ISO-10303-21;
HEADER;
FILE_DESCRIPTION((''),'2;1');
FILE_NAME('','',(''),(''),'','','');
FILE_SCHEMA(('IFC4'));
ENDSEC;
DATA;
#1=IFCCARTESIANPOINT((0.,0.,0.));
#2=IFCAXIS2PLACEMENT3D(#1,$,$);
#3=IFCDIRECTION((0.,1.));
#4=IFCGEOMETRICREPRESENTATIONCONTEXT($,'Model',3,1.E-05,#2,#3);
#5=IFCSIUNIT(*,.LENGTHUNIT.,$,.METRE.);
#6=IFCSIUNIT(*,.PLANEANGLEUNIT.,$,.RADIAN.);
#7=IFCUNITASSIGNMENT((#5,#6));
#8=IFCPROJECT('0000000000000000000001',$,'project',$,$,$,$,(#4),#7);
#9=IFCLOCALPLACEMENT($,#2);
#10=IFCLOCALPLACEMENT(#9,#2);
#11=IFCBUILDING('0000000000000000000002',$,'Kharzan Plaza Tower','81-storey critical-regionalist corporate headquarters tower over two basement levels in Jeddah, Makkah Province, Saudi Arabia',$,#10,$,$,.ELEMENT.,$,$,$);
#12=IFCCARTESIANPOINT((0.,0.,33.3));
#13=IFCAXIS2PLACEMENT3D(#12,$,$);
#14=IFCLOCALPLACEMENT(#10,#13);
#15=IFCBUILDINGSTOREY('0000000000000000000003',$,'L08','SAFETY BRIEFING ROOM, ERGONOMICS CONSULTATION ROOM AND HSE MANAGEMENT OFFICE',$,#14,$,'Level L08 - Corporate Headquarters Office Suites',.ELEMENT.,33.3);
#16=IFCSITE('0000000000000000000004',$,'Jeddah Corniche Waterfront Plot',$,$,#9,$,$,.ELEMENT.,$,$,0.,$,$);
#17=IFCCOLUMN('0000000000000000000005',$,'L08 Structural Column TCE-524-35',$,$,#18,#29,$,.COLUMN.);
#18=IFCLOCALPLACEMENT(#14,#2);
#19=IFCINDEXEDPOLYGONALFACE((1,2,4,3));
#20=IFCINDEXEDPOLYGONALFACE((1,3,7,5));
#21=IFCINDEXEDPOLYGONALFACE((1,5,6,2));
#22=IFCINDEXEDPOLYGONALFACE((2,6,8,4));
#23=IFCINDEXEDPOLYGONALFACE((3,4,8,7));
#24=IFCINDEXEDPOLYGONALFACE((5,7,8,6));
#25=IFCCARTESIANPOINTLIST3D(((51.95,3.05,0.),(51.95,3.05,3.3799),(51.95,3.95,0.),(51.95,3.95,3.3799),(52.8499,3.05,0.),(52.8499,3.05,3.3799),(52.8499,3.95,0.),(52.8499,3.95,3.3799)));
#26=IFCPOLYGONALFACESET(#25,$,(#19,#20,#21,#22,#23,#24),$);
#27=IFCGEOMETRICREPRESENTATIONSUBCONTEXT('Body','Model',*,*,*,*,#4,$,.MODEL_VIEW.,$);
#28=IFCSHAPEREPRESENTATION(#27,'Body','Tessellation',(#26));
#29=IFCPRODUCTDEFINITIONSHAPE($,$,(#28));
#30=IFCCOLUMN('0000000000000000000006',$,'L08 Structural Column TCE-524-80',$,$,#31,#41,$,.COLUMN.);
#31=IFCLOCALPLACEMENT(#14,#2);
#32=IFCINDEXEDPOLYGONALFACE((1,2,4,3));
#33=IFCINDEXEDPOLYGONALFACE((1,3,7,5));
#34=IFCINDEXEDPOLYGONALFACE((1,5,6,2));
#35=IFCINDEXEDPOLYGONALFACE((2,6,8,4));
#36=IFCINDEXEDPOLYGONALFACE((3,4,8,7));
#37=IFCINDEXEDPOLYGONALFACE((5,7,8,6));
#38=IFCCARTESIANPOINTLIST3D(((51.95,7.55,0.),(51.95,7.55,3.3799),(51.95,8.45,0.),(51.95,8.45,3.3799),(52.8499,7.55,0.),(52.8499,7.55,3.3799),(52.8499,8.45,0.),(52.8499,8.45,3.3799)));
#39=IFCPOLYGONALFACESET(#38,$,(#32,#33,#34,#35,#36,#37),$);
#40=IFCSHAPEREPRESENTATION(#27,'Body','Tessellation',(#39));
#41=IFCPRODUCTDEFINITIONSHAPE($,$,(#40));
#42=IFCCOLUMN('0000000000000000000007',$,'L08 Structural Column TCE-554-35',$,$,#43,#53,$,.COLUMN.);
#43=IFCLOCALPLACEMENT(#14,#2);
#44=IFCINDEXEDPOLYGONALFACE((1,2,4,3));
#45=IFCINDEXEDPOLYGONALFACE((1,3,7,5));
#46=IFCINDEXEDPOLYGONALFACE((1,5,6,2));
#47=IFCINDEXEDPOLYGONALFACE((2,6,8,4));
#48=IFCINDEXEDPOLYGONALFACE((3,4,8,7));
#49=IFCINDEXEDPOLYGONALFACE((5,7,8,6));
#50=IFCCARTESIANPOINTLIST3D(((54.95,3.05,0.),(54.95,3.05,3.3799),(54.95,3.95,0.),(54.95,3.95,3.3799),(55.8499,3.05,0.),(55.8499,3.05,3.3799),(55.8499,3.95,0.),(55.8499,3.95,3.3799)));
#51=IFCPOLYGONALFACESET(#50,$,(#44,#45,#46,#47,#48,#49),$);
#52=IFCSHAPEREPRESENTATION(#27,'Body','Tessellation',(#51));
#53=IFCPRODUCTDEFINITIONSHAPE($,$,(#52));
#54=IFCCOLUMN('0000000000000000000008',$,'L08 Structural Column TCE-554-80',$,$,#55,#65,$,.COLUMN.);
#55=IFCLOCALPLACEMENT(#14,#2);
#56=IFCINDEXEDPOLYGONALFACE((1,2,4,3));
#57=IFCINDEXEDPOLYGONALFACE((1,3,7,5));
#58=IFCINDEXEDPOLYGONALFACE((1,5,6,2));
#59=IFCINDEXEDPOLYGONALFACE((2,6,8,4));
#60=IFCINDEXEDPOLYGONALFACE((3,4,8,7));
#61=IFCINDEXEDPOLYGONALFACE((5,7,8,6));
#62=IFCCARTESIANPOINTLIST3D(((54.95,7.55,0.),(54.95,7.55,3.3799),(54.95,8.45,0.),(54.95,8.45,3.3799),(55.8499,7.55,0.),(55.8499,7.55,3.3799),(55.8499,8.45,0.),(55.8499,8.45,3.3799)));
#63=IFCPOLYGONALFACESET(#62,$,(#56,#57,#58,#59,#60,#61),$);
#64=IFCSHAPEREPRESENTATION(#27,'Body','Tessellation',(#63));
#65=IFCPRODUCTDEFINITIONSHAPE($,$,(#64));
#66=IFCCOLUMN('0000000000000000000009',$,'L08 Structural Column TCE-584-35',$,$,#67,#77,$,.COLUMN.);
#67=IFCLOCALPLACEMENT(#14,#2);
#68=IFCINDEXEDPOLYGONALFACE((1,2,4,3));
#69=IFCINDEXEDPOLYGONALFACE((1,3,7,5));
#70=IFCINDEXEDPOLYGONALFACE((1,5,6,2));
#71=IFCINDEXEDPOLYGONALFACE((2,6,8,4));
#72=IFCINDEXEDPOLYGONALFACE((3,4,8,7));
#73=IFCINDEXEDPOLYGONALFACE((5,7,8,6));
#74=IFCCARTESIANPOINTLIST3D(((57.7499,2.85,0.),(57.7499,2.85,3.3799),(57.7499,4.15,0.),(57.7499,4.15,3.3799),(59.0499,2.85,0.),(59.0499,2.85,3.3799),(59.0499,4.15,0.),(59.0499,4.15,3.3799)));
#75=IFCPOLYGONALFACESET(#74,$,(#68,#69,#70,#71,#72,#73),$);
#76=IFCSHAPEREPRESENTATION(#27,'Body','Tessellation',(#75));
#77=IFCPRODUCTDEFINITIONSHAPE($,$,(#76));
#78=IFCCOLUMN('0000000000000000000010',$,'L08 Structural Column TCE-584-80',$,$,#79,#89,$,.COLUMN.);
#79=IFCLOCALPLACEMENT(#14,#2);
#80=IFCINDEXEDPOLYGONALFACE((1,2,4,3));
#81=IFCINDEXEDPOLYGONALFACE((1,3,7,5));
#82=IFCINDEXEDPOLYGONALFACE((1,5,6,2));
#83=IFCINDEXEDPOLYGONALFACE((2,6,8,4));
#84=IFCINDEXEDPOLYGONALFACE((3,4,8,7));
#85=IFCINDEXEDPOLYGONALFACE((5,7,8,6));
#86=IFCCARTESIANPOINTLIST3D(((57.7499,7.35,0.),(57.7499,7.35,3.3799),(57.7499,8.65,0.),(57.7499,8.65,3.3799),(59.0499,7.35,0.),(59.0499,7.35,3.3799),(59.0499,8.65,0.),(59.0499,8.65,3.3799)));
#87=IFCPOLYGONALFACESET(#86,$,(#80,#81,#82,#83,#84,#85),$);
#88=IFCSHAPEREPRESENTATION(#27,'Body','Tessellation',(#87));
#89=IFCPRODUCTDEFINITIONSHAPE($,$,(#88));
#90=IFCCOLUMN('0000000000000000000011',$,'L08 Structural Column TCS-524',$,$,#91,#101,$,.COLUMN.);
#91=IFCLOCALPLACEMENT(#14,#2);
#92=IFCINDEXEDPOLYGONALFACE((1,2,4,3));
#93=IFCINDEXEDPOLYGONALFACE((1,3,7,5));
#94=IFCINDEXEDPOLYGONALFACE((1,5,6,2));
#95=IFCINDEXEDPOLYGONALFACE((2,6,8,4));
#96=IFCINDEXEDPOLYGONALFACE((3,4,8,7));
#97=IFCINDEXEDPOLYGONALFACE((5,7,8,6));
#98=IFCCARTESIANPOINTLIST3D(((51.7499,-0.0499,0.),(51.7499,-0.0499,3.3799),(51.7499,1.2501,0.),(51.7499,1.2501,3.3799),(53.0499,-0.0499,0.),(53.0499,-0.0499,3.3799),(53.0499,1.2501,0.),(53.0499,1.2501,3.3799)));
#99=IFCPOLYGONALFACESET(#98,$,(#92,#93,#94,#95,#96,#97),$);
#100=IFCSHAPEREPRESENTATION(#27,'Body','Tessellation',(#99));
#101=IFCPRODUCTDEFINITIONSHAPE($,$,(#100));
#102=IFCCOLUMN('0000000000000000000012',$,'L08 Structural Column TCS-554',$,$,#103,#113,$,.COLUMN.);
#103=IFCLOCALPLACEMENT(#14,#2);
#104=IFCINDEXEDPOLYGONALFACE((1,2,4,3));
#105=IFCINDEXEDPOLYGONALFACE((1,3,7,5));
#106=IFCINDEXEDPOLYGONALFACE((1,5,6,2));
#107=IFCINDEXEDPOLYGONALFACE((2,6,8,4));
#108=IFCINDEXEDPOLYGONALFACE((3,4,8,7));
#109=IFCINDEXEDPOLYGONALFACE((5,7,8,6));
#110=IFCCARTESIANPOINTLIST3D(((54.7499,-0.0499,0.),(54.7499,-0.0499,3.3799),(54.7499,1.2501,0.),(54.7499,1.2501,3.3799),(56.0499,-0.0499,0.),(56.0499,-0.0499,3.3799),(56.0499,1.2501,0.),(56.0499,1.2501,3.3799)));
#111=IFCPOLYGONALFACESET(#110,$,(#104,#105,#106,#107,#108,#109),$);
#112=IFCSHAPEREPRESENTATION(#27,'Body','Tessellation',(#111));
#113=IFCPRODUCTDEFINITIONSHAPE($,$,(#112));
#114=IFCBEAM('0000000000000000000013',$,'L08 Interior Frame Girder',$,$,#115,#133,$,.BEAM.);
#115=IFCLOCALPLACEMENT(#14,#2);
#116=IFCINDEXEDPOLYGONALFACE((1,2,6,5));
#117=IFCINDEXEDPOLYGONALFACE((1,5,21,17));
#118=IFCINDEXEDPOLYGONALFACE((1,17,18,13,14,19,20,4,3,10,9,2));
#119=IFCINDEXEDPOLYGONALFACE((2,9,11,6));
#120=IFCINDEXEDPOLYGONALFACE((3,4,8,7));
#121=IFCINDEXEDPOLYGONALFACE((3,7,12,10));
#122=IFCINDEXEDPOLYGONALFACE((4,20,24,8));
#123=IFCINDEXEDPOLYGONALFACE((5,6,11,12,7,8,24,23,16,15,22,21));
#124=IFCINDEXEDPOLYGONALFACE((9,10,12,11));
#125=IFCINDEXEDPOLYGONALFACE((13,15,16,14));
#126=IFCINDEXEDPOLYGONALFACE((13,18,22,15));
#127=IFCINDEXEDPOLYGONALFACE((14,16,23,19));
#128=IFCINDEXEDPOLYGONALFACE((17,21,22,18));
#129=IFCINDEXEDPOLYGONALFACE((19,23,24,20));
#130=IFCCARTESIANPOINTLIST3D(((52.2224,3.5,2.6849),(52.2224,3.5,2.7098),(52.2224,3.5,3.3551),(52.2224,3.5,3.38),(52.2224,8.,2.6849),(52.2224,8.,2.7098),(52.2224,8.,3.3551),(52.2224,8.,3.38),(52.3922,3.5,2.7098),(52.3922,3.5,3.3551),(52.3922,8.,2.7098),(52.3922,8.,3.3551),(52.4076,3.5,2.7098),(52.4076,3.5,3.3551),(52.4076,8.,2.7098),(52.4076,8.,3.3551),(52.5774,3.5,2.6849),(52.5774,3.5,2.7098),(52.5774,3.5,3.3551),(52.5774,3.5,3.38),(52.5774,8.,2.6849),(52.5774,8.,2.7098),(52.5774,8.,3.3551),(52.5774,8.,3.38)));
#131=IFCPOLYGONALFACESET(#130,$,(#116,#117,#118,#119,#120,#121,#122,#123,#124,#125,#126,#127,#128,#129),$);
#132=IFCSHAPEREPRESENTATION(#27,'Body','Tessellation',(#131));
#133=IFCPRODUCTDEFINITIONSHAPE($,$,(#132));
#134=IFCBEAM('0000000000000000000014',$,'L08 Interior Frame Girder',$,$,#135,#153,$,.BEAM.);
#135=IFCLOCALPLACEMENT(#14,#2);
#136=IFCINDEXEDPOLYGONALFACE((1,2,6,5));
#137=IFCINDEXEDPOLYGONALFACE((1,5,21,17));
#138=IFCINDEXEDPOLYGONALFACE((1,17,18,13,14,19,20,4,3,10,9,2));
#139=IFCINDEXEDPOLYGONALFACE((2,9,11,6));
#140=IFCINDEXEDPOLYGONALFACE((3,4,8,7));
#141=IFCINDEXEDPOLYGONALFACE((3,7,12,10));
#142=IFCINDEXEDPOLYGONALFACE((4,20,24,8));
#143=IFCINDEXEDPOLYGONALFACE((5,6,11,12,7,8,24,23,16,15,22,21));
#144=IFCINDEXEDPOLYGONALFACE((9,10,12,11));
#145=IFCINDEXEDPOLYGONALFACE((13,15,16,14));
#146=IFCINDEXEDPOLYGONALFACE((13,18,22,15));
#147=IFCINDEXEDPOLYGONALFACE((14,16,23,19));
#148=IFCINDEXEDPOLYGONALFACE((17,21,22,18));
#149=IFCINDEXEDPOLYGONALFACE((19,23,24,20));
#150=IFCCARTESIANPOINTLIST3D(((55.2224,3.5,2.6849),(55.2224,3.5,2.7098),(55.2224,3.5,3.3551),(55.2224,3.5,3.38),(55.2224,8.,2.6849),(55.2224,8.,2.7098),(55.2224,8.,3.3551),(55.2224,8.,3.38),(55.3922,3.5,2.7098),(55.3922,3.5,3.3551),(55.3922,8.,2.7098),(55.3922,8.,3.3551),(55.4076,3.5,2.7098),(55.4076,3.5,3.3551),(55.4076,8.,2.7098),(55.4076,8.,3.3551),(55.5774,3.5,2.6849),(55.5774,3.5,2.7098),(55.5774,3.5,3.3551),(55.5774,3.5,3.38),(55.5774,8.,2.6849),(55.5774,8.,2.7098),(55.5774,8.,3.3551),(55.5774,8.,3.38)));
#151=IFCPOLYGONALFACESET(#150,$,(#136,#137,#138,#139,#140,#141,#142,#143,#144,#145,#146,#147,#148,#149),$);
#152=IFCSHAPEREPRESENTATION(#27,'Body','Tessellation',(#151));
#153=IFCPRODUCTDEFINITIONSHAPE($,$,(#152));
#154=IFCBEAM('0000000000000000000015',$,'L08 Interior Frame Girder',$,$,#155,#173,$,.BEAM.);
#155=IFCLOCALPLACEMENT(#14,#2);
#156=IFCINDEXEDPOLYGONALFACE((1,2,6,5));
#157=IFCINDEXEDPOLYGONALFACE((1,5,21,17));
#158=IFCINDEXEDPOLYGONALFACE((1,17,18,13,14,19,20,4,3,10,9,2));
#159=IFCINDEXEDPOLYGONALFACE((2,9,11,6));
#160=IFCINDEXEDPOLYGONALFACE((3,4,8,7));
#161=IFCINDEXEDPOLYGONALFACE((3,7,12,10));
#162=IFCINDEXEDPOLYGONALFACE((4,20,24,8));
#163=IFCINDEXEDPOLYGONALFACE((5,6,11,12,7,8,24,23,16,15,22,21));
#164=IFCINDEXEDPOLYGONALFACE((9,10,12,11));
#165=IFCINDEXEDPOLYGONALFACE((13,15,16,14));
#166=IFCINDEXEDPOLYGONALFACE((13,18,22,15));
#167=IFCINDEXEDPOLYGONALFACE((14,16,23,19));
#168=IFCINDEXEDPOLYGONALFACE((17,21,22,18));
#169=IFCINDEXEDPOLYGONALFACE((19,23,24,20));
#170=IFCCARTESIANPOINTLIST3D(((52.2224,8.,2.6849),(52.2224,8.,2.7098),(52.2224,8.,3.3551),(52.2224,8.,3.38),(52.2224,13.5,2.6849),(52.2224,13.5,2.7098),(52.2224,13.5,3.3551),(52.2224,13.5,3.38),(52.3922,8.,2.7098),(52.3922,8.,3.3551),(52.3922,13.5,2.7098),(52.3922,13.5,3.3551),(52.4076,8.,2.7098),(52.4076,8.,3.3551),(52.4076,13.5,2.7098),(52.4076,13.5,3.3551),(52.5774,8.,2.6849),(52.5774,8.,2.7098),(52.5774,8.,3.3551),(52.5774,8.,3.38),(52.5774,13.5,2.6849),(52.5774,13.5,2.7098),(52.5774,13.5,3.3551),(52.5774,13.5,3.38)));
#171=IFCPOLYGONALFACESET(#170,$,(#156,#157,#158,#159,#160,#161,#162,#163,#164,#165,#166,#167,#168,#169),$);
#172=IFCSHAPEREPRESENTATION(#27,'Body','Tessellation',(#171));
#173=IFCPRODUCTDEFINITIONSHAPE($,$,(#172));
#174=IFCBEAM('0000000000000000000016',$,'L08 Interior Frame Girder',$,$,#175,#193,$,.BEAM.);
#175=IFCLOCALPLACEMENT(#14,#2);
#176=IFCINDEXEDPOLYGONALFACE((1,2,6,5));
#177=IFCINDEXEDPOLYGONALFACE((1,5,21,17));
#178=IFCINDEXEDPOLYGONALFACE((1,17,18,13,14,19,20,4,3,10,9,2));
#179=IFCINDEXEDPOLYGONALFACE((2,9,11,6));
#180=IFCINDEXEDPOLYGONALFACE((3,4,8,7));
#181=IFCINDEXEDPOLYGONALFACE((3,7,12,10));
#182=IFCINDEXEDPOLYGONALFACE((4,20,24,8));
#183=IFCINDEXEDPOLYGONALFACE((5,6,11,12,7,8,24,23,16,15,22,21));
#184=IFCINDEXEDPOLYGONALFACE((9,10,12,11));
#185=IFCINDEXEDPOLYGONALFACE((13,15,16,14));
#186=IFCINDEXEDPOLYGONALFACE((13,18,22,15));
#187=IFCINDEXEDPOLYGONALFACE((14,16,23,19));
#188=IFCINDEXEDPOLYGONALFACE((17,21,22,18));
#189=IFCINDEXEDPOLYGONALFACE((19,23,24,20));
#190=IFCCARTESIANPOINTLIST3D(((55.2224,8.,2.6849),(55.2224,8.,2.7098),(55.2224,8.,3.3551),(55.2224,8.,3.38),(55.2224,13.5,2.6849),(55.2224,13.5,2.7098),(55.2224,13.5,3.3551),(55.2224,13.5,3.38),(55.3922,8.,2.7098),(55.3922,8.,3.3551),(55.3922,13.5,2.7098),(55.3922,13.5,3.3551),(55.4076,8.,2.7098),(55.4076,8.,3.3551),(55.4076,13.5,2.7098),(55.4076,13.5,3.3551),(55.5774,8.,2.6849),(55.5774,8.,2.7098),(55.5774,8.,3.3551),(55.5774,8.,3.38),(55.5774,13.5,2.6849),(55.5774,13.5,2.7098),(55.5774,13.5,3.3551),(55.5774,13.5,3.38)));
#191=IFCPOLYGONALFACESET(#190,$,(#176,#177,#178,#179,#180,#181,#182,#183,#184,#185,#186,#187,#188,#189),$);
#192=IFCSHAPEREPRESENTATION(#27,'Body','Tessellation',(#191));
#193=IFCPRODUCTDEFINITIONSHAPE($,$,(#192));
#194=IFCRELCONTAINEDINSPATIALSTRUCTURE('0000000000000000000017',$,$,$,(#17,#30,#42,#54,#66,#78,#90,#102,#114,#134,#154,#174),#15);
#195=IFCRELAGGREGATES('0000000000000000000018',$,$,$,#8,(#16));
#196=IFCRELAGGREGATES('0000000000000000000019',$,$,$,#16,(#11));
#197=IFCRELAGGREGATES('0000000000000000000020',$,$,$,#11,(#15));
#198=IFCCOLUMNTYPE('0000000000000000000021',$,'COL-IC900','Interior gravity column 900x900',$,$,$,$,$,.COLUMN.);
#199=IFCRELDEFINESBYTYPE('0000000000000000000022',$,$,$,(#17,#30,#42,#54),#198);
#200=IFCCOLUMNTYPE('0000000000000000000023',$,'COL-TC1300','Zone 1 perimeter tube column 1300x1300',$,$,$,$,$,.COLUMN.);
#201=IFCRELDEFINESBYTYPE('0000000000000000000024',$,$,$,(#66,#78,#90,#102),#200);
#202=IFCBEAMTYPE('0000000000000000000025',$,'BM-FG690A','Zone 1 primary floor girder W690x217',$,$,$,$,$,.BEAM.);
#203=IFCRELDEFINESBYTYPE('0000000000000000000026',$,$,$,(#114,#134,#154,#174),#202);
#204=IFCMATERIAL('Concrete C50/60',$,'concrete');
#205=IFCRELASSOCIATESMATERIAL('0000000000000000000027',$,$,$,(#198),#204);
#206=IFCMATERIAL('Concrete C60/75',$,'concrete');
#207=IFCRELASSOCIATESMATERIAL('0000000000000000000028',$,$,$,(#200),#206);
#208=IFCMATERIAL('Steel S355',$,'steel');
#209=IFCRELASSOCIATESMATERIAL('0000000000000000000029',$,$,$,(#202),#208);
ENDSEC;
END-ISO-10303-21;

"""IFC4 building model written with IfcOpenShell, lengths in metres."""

from ifc_helpers import new_model, si_unit, direction, frame, origin, origin_2d, place, context, subcontext, project, spatial, rectangle, i_section, extrude, source, transform, mapped, material, material_profile, profile_set, type_object, element, save


model = new_model("IFC4")

# Units and contexts
model_context = context("Model", 3, precision=1e-05, world=origin(), true_north=direction((0.0, 1.0)))
body_context = subcontext(model_context, "Body", "Model", "MODEL_VIEW")
ifc_project = project(units=[si_unit("LENGTHUNIT", "METRE"), si_unit("PLANEANGLEUNIT", "RADIAN")], contexts=[model_context])

# Site, building, storey
site_placement = place(None, origin())
site = spatial("IfcSite", under=ifc_project, at=site_placement, Name="Jeddah Corniche Waterfront Plot", CompositionType="ELEMENT", RefElevation=0.0)
building_placement = place(site_placement, origin())
building = spatial("IfcBuilding", under=site, at=building_placement, Name="Kharzan Plaza Tower", Description="81-storey critical-regionalist corporate headquarters tower over two basement levels in Jeddah, Makkah Province, Saudi Arabia", CompositionType="ELEMENT")
storey_placement = place(building_placement, frame((0.0, 0.0, 33.3)))
storey = spatial("IfcBuildingStorey", under=building, at=storey_placement, Name="L08", Description="SAFETY BRIEFING ROOM, ERGONOMICS CONSULTATION ROOM AND HSE MANAGEMENT OFFICE", LongName="Level L08 - Corporate Headquarters Office Suites", CompositionType="ELEMENT", Elevation=33.3)

# Columns
ifc_material_1 = material(Name="Concrete C50/60", Category="concrete")
ifc_material_profile_1 = material_profile(ifc_material_1, rectangle(XDim=0.8999, YDim=0.8999, at=origin_2d()), Name="RC-IC900x900")
ifc_profile_set_1 = profile_set([ifc_material_profile_1], Name="Concrete C50/60")
column_type_1 = type_object("IfcColumnType", Name="COL-IC900", Description="Interior gravity column 900x900", PredefinedType="COLUMN", material=ifc_profile_set_1)
shared_shape_1 = source(origin(), body_context, "Body", "SweptSolid", [
    extrude(rectangle(XDim=0.8999, YDim=0.8999, at=origin_2d()), origin(), (0.0, 0.0, 1.0), 3.3799),
])
for number, where, z_axis, x_axis, name in (
    (1, (52.3999, 3.5, 0.0), (0.0, 0.0, 1.0), (1.0, 0.0, 0.0), "L08 Structural Column TCE-524-35"),
    (2, (52.3999, 8.0, 0.0), (0.0, 0.0, 1.0), (1.0, 0.0, 0.0), "L08 Structural Column TCE-524-80"),
    (3, (55.3999, 3.5, 0.0), (0.0, 0.0, 1.0), (1.0, 0.0, 0.0), "L08 Structural Column TCE-554-35"),
    (4, (55.3999, 8.0, 0.0), (0.0, 0.0, 1.0), (1.0, 0.0, 0.0), "L08 Structural Column TCE-554-80"),
):
    element("IfcColumn", number, at=place(storey_placement, frame(where, z_axis=z_axis, x_axis=x_axis)), inside=storey, type_object=column_type_1, Name=name, PredefinedType="COLUMN", context=body_context, shape_type="MappedRepresentation", body=[
        mapped(shared_shape_1, transform((0.0, 0.0, 0.0), x_axis=(1.0, 0.0, 0.0), y_axis=(0.0, 1.0, 0.0), z_axis=(0.0, 0.0, 1.0))),
    ])
ifc_material_2 = material(Name="Concrete C60/75", Category="concrete")
ifc_material_profile_2 = material_profile(ifc_material_2, rectangle(XDim=1.3, YDim=1.3, at=origin_2d()), Name="RC-TC1300x1300")
ifc_profile_set_2 = profile_set([ifc_material_profile_2], Name="Concrete C60/75")
column_type_2 = type_object("IfcColumnType", Name="COL-TC1300", Description="Zone 1 perimeter tube column 1300x1300", PredefinedType="COLUMN", material=ifc_profile_set_2)
shared_shape_2 = source(origin(), body_context, "Body", "SweptSolid", [
    extrude(rectangle(XDim=1.3, YDim=1.3, at=origin_2d()), origin(), (0.0, 0.0, 1.0), 3.3799),
])
for number, where, z_axis, x_axis, name in (
    (5, (58.3999, 3.5, 0.0), (0.0, 0.0, 1.0), (1.0, 0.0, 0.0), "L08 Structural Column TCE-584-35"),
    (6, (58.3999, 8.0, 0.0), (0.0, 0.0, 1.0), (1.0, 0.0, 0.0), "L08 Structural Column TCE-584-80"),
    (7, (52.3999, 0.6001, 0.0), (0.0, 0.0, 1.0), (1.0, 0.0, 0.0), "L08 Structural Column TCS-524"),
    (8, (55.3999, 0.6001, 0.0), (0.0, 0.0, 1.0), (1.0, 0.0, 0.0), "L08 Structural Column TCS-554"),
):
    element("IfcColumn", number, at=place(storey_placement, frame(where, z_axis=z_axis, x_axis=x_axis)), inside=storey, type_object=column_type_2, Name=name, PredefinedType="COLUMN", context=body_context, shape_type="MappedRepresentation", body=[
        mapped(shared_shape_2, transform((0.0, 0.0, 0.0), x_axis=(1.0, 0.0, 0.0), y_axis=(0.0, 1.0, 0.0), z_axis=(0.0, 0.0, 1.0))),
    ])

# Beams
ifc_material_3 = material(Name="Steel S355", Category="steel")
ifc_material_profile_3 = material_profile(ifc_material_3, i_section(OverallWidth=0.355, OverallDepth=0.6951, WebThickness=0.0154, FlangeThickness=0.0249, at=origin_2d()), Name="W690x217")
ifc_profile_set_3 = profile_set([ifc_material_profile_3], Name="Steel S355")
beam_type_1 = type_object("IfcBeamType", Name="BM-FG690A", Description="Zone 1 primary floor girder W690x217", PredefinedType="BEAM", material=ifc_profile_set_3)
shared_shape_3 = source(origin(), body_context, "Body", "SweptSolid", [
    extrude(i_section(OverallWidth=0.355, OverallDepth=0.6951, WebThickness=0.0154, FlangeThickness=0.0249, at=origin_2d()), origin(), (0.0, 0.0, 1.0), 4.5),
])
for number, where, z_axis, x_axis, name in (
    (9, (52.3999, 3.5, 3.0325), (0.0, 1.0, 0.0), (-1.0, 0.0, 0.0), "L08 Interior Frame Girder"),
    (10, (55.3999, 3.5, 3.0325), (0.0, 1.0, 0.0), (-1.0, 0.0, 0.0), "L08 Interior Frame Girder"),
):
    element("IfcBeam", number, at=place(storey_placement, frame(where, z_axis=z_axis, x_axis=x_axis)), inside=storey, type_object=beam_type_1, Name=name, PredefinedType="BEAM", context=body_context, shape_type="MappedRepresentation", body=[
        mapped(shared_shape_3, transform((0.0, 0.0, 0.0), x_axis=(1.0, 0.0, 0.0), y_axis=(0.0, 1.0, 0.0), z_axis=(0.0, 0.0, 1.0))),
    ])
shared_shape_4 = source(origin(), body_context, "Body", "SweptSolid", [
    extrude(i_section(OverallWidth=0.355, OverallDepth=0.6951, WebThickness=0.0154, FlangeThickness=0.0249, at=origin_2d()), origin(), (0.0, 0.0, 1.0), 5.5),
])
for number, where, z_axis, x_axis, name in (
    (11, (52.3999, 8.0, 3.0325), (0.0, 1.0, 0.0), (-1.0, 0.0, 0.0), "L08 Interior Frame Girder"),
    (12, (55.3999, 8.0, 3.0325), (0.0, 1.0, 0.0), (-1.0, 0.0, 0.0), "L08 Interior Frame Girder"),
):
    element("IfcBeam", number, at=place(storey_placement, frame(where, z_axis=z_axis, x_axis=x_axis)), inside=storey, type_object=beam_type_1, Name=name, PredefinedType="BEAM", context=body_context, shape_type="MappedRepresentation", body=[
        mapped(shared_shape_4, transform((0.0, 0.0, 0.0), x_axis=(1.0, 0.0, 0.0), y_axis=(0.0, 1.0, 0.0), z_axis=(0.0, 0.0, 1.0))),
    ])

save(model, "model.ifc")
